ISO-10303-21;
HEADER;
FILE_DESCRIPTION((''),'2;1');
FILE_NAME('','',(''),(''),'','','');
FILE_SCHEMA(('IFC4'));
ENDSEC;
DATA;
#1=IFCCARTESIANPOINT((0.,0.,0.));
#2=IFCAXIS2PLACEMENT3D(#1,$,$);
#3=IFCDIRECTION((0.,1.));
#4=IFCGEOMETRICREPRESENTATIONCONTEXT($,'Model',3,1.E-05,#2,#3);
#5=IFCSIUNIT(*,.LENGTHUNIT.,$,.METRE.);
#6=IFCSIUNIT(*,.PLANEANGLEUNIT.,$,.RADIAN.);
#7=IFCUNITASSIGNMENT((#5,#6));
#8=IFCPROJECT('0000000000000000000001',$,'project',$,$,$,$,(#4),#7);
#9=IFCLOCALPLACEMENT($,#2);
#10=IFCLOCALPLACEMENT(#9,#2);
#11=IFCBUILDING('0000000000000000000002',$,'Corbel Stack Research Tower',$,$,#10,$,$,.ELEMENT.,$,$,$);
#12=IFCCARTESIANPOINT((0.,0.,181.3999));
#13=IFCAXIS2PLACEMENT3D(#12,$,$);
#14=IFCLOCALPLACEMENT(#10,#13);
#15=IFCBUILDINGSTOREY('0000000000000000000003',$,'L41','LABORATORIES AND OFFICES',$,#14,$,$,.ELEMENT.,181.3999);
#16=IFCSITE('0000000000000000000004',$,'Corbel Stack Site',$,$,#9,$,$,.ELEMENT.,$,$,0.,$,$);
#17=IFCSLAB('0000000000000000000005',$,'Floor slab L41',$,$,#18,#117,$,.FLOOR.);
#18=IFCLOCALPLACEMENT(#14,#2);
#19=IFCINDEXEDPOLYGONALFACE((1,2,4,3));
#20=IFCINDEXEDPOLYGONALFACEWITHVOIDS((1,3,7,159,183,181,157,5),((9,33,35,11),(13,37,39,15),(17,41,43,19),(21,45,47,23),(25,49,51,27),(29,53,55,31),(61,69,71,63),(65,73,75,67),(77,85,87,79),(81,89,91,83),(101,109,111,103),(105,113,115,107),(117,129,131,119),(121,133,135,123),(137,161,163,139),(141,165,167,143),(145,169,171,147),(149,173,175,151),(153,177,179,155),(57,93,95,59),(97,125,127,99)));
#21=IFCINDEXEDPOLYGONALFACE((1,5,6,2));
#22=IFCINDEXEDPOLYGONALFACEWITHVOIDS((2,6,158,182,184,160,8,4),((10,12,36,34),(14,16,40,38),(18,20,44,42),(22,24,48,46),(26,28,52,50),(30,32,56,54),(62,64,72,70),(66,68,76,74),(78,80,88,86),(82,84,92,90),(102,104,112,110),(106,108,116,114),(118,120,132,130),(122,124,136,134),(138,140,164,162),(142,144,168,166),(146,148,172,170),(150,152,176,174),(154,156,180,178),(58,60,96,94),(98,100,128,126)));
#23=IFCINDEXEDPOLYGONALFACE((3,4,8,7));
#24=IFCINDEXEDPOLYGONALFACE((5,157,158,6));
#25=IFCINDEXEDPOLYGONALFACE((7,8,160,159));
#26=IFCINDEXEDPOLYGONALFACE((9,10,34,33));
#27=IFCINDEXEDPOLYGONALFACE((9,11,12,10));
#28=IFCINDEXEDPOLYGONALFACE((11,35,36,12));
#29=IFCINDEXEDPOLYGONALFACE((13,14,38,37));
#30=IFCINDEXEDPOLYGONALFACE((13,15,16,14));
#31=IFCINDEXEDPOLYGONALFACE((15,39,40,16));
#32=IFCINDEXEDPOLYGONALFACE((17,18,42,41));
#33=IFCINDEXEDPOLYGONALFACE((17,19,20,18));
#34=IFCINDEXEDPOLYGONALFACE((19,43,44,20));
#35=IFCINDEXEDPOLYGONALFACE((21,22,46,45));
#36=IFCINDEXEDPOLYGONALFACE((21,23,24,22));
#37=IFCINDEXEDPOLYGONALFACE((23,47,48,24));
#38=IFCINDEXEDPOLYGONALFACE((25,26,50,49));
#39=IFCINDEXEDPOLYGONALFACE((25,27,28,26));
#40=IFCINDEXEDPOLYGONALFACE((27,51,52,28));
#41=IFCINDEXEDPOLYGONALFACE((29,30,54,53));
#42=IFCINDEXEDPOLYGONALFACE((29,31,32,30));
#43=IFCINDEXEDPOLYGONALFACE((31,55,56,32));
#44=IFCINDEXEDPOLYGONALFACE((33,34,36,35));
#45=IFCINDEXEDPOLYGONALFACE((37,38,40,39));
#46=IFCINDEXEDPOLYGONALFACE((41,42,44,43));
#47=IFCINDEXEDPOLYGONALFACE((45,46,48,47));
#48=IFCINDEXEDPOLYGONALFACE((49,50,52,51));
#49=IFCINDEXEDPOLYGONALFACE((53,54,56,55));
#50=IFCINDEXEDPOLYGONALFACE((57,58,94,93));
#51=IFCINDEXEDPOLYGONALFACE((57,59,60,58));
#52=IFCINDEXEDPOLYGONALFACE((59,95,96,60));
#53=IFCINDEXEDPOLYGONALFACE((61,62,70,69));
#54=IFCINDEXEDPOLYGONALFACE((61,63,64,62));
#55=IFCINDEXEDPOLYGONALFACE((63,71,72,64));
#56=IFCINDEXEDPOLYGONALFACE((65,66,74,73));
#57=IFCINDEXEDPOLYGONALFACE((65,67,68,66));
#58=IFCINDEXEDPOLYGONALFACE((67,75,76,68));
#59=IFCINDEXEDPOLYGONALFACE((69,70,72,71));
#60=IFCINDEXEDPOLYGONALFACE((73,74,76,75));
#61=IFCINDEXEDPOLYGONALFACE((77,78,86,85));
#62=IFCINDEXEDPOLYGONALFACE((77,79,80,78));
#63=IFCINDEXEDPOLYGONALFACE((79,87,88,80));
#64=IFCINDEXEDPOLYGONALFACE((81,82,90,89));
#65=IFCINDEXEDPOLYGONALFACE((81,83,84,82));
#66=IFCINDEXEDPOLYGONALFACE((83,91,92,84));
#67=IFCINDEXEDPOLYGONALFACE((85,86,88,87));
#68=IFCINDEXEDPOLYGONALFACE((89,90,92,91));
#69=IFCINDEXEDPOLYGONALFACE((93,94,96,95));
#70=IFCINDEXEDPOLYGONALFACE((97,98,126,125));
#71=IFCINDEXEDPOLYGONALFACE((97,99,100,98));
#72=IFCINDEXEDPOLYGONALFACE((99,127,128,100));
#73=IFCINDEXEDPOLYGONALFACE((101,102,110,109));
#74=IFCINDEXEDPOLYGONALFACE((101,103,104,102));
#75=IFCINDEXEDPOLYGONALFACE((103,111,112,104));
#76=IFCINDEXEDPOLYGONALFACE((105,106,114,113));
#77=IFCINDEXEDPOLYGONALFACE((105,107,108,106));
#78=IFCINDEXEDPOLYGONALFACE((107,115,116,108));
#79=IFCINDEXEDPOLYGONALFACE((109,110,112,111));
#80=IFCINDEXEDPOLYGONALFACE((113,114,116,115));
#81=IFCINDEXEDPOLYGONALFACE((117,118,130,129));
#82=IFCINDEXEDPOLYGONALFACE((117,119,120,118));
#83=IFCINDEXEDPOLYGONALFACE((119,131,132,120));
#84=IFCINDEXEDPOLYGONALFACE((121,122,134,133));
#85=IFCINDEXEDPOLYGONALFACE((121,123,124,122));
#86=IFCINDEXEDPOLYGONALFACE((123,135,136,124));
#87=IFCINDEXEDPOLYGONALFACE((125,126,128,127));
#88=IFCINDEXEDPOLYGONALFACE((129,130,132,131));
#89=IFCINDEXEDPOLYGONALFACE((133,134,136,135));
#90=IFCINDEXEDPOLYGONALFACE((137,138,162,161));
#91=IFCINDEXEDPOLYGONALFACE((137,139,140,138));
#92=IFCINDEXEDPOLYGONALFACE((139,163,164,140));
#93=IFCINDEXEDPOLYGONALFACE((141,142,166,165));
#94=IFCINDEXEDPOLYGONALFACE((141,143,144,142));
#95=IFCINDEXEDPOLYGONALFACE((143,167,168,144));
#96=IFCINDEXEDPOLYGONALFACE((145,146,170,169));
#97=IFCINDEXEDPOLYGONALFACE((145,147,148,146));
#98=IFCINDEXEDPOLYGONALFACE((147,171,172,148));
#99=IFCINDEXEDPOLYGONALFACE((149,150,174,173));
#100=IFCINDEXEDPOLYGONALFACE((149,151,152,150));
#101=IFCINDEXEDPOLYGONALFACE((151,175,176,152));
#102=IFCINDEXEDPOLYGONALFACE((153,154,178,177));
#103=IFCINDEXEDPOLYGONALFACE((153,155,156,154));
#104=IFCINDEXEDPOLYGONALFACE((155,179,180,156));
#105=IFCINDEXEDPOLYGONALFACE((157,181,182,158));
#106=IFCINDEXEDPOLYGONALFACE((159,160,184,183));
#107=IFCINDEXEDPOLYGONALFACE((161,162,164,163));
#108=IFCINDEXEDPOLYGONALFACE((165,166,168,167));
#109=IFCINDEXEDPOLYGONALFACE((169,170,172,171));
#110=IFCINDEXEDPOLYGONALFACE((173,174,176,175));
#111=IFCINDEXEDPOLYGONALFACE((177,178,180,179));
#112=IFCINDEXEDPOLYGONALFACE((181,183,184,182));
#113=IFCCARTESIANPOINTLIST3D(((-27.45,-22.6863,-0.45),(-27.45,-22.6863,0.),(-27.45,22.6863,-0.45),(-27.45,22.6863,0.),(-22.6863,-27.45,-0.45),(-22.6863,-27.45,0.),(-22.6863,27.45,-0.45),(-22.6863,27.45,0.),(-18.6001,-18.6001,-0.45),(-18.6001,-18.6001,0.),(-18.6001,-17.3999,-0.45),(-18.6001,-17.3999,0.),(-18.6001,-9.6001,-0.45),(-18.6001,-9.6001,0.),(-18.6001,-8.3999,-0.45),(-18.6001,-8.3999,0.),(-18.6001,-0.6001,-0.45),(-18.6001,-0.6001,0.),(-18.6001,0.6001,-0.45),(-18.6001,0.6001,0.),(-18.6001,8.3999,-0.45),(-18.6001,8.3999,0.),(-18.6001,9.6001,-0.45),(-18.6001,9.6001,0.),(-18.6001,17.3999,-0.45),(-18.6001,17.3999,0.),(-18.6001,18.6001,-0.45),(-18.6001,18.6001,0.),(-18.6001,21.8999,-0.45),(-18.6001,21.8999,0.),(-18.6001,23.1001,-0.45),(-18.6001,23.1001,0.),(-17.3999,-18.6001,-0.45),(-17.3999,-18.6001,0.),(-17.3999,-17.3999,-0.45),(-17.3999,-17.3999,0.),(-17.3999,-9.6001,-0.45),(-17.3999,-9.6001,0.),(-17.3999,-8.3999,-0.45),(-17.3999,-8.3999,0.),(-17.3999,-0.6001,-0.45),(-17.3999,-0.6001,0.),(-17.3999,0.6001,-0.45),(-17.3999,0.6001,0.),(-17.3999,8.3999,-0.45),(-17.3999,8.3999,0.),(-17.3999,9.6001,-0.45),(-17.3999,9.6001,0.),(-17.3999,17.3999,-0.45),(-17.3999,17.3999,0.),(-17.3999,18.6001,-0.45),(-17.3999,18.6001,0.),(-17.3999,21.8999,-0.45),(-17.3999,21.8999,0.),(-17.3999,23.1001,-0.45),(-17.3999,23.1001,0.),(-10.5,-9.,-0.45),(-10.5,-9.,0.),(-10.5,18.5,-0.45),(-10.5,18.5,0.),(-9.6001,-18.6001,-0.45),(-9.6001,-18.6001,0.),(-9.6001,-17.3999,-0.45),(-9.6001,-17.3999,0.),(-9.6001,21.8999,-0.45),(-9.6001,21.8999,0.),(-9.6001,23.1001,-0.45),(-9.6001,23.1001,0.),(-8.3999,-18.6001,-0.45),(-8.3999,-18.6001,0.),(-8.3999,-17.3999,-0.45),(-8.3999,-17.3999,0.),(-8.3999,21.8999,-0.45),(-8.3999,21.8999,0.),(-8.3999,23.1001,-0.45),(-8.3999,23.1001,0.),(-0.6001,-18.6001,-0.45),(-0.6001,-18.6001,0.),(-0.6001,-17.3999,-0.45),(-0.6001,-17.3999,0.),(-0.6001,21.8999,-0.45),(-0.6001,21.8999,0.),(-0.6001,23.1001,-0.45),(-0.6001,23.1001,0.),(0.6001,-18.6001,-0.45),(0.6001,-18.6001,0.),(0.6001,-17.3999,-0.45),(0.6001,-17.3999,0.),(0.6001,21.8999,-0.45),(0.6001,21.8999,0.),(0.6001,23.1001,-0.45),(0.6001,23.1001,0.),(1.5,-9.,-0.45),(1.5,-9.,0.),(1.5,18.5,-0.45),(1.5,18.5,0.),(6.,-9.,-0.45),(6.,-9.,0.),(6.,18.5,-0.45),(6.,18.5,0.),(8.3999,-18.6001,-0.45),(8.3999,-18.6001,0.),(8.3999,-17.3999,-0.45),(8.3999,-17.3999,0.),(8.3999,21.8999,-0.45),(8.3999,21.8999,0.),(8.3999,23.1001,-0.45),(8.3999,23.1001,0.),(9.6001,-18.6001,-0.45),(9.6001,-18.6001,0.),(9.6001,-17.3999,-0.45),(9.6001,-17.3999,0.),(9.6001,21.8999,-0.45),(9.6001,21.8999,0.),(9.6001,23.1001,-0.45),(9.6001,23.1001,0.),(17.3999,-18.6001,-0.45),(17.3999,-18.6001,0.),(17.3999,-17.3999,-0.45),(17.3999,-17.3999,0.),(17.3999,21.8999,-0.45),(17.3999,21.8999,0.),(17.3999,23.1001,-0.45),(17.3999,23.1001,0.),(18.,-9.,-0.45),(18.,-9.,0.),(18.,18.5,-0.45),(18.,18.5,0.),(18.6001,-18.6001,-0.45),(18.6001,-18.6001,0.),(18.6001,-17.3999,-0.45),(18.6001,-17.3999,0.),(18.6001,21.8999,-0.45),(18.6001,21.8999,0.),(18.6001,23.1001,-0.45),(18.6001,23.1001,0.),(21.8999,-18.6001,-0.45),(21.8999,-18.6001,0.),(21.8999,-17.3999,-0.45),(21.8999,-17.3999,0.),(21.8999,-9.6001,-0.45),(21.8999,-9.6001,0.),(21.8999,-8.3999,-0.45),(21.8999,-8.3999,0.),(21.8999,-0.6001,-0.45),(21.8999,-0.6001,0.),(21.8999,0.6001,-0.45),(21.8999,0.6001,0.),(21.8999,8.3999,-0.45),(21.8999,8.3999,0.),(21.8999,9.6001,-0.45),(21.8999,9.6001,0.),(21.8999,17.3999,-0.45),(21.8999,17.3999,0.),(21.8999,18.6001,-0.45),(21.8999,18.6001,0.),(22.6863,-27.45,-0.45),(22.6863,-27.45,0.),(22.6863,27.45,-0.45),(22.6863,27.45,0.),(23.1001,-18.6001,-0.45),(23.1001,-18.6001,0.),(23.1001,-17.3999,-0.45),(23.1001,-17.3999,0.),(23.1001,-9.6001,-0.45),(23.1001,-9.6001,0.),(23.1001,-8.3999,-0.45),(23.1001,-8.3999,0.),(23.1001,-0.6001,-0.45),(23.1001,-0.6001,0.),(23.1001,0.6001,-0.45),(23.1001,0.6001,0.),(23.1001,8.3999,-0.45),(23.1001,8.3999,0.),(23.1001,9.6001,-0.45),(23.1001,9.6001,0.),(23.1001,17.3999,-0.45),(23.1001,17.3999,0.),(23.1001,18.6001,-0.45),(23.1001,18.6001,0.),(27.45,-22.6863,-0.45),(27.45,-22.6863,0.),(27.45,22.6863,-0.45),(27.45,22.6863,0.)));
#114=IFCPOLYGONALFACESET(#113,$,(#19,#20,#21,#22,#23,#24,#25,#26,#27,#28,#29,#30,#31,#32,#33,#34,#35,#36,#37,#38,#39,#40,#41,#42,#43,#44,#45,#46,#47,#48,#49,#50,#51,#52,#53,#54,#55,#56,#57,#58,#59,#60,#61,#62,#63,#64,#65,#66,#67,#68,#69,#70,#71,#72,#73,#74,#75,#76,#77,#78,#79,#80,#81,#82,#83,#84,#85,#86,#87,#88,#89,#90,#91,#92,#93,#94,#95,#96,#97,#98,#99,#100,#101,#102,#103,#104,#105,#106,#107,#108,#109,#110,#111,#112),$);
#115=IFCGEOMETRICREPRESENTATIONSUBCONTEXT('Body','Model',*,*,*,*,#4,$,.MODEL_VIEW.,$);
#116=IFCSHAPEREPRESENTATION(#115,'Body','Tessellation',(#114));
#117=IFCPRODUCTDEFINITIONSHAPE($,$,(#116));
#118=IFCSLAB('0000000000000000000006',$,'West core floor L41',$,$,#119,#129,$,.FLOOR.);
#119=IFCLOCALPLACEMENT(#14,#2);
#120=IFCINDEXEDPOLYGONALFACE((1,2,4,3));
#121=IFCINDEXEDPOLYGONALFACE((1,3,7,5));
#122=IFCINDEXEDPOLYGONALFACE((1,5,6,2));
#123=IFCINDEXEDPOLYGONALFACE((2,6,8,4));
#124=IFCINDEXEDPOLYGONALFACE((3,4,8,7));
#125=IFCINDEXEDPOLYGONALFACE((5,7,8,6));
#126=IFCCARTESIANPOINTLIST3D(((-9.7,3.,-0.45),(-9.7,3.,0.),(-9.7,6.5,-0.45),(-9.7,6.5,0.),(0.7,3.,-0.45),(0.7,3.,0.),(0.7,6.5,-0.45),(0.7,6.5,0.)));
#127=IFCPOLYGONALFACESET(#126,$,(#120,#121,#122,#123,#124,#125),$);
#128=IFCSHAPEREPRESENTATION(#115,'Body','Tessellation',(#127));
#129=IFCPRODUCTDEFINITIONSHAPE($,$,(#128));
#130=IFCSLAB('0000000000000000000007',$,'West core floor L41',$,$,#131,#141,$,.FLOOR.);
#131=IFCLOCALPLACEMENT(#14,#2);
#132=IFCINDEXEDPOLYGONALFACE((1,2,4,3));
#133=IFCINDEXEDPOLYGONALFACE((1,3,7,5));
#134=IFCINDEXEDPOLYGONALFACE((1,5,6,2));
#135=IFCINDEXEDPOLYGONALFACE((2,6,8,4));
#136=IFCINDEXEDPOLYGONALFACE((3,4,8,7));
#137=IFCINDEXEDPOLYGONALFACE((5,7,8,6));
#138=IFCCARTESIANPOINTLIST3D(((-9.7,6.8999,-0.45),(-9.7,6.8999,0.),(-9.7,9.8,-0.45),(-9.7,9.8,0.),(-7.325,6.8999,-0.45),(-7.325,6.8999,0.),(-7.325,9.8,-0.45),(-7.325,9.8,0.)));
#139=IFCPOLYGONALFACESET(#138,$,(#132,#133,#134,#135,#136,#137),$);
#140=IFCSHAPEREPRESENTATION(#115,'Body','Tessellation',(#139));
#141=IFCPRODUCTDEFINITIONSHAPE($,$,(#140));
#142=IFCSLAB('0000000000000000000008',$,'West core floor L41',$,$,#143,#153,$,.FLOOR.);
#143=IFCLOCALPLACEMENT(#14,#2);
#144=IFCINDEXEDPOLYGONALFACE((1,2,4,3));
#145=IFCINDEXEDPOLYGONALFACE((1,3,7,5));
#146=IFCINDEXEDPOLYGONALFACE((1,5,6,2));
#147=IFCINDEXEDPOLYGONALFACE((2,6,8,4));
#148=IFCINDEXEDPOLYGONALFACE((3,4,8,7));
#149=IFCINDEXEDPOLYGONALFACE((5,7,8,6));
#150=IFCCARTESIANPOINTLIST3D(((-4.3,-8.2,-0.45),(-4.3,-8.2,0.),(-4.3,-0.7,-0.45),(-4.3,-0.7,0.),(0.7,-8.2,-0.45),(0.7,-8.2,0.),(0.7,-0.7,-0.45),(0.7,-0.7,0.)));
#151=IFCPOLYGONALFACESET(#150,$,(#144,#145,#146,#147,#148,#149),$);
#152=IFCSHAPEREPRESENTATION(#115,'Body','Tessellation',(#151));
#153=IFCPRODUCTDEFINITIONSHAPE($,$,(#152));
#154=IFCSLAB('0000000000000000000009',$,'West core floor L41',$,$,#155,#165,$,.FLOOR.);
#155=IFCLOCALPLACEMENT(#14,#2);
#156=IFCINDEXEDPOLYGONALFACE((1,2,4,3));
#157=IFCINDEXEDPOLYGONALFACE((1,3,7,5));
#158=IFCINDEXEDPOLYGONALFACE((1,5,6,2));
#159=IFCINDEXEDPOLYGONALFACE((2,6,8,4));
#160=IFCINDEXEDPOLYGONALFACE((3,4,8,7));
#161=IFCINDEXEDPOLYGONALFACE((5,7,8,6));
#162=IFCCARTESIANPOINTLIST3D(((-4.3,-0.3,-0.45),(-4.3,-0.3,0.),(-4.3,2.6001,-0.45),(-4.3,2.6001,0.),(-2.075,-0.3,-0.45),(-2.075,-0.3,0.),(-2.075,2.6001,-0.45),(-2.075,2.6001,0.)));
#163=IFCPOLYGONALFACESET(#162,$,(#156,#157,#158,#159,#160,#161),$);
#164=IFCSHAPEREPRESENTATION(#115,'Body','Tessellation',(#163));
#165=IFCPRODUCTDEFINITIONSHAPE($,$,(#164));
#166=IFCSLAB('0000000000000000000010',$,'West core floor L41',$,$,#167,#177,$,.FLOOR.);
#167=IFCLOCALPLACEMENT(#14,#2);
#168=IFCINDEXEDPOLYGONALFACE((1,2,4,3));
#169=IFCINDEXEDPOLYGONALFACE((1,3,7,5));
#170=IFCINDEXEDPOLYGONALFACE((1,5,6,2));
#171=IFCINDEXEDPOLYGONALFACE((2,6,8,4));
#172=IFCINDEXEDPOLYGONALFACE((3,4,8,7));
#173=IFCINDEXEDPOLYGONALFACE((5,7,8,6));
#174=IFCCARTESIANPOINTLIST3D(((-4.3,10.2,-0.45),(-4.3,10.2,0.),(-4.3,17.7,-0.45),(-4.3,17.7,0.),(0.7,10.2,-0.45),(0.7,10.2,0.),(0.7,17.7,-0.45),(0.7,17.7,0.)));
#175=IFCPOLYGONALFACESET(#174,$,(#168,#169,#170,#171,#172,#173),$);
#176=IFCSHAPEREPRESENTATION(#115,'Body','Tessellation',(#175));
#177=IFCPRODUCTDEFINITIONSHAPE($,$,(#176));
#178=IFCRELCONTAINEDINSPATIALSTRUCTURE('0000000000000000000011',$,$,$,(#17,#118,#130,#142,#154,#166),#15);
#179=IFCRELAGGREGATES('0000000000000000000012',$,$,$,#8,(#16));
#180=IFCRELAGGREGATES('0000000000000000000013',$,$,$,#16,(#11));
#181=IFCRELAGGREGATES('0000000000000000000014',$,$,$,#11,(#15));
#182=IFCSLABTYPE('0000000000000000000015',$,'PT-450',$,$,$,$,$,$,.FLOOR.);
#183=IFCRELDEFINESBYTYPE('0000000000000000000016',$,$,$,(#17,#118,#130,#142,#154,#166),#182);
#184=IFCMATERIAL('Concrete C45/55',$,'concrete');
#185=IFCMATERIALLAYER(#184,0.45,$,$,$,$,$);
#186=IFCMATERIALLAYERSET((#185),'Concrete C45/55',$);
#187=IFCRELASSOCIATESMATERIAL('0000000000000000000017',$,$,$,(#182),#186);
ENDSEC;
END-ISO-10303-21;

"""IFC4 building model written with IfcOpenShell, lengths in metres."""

from ifc_helpers import new_model, si_unit, direction, frame, origin, place, context, subcontext, project, spatial, polyline, outline, extrude, material, layer, layer_set, type_object, element, save


model = new_model("IFC4")

# Units and contexts
model_context = context("Model", 3, precision=1e-05, world=origin(), true_north=direction((0.0, 1.0)))
body_context = subcontext(model_context, "Body", "Model", "MODEL_VIEW")
ifc_project = project(units=[si_unit("LENGTHUNIT", "METRE"), si_unit("PLANEANGLEUNIT", "RADIAN")], contexts=[model_context])

# Site, building, storey
site_placement = place(None, origin())
site = spatial("IfcSite", under=ifc_project, at=site_placement, Name="Corbel Stack Site", CompositionType="ELEMENT", RefElevation=0.0)
building_placement = place(site_placement, origin())
building = spatial("IfcBuilding", under=site, at=building_placement, Name="Corbel Stack Research Tower", CompositionType="ELEMENT")
storey_placement = place(building_placement, frame((0.0, 0.0, 181.3999)))
storey = spatial("IfcBuildingStorey", under=building, at=storey_placement, Name="L41", Description="LABORATORIES AND OFFICES", CompositionType="ELEMENT", Elevation=181.3999)

# Slabs
ifc_material_1 = material(Name="Concrete C45/55", Category="concrete")
ifc_layer_1 = layer(ifc_material_1, 0.45)
ifc_layer_set_1 = layer_set([ifc_layer_1], Name="Concrete C45/55")
slab_type = type_object("IfcSlabType", Name="PT-450", PredefinedType="FLOOR", material=ifc_layer_set_1)
slab_1_placement = place(storey_placement, frame((0.0, 0.0, -0.45)))
element("IfcSlab", 1, at=slab_1_placement, inside=storey, type_object=slab_type, Name="Floor slab L41", PredefinedType="FLOOR", context=body_context, shape_type="SweptSolid", body=[
    extrude(outline(polyline([(-22.6863, -27.45), (22.6863, -27.45), (27.45, -22.6863), (27.45, 22.6863), (22.6863, 27.45), (-22.6863, 27.45), (-27.45, 22.6863), (-27.45, -22.6863), (-22.6863, -27.45)]), holes=[polyline([(23.1001, 17.3999), (21.8999, 17.3999), (21.8999, 18.6001), (23.1001, 18.6001), (23.1001, 17.3999)]), polyline([(21.8999, 8.3999), (21.8999, 9.6001), (23.1001, 9.6001), (23.1001, 8.3999), (21.8999, 8.3999)]), polyline([(23.1001, -0.6001), (21.8999, -0.6001), (21.8999, 0.6001), (23.1001, 0.6001), (23.1001, -0.6001)]), polyline([(21.8999, -9.6001), (21.8999, -8.3999), (23.1001, -8.3999), (23.1001, -9.6001), (21.8999, -9.6001)]), polyline([(21.8999, -18.6001), (21.8999, -17.3999), (23.1001, -17.3999), (23.1001, -18.6001), (21.8999, -18.6001)]), polyline([(17.3999, 21.8999), (17.3999, 23.1001), (18.6001, 23.1001), (18.6001, 21.8999), (17.3999, 21.8999)]), polyline([(18.6001, -18.6001), (17.3999, -18.6001), (17.3999, -17.3999), (18.6001, -17.3999), (18.6001, -18.6001)]), polyline([(6.0, -9.0), (6.0, 18.5), (18.0, 18.5), (18.0, -9.0), (6.0, -9.0)]), polyline([(8.3999, 21.8999), (8.3999, 23.1001), (9.6001, 23.1001), (9.6001, 21.8999), (8.3999, 21.8999)]), polyline([(9.6001, -18.6001), (8.3999, -18.6001), (8.3999, -17.3999), (9.6001, -17.3999), (9.6001, -18.6001)]), polyline([(1.5, -9.0), (-10.5, -9.0), (-10.5, 18.5), (1.5, 18.5), (1.5, -9.0)]), polyline([(0.6001, 21.8999), (-0.6001, 21.8999), (-0.6001, 23.1001), (0.6001, 23.1001), (0.6001, 21.8999)]), polyline([(0.6001, -18.6001), (-0.6001, -18.6001), (-0.6001, -17.3999), (0.6001, -17.3999), (0.6001, -18.6001)]), polyline([(-9.6001, 21.8999), (-9.6001, 23.1001), (-8.3999, 23.1001), (-8.3999, 21.8999), (-9.6001, 21.8999)]), polyline([(-8.3999, -18.6001), (-9.6001, -18.6001), (-9.6001, -17.3999), (-8.3999, -17.3999), (-8.3999, -18.6001)]), polyline([(-18.6001, 21.8999), (-18.6001, 23.1001), (-17.3999, 23.1001), (-17.3999, 21.8999), (-18.6001, 21.8999)]), polyline([(-17.3999, 17.3999), (-18.6001, 17.3999), (-18.6001, 18.6001), (-17.3999, 18.6001), (-17.3999, 17.3999)]), polyline([(-17.3999, 8.3999), (-18.6001, 8.3999), (-18.6001, 9.6001), (-17.3999, 9.6001), (-17.3999, 8.3999)]), polyline([(-18.6001, -0.6001), (-18.6001, 0.6001), (-17.3999, 0.6001), (-17.3999, -0.6001), (-18.6001, -0.6001)]), polyline([(-18.6001, -9.6001), (-18.6001, -8.3999), (-17.3999, -8.3999), (-17.3999, -9.6001), (-18.6001, -9.6001)]), polyline([(-17.3999, -18.6001), (-18.6001, -18.6001), (-18.6001, -17.3999), (-17.3999, -17.3999), (-17.3999, -18.6001)])]), origin(), (0.0, 0.0, 1.0), 0.45),
])
slab_2_placement = place(storey_placement, frame((0.0, 0.0, -0.45)))
element("IfcSlab", 2, at=slab_2_placement, inside=storey, type_object=slab_type, Name="West core floor L41", PredefinedType="FLOOR", context=body_context, shape_type="SweptSolid", body=[
    extrude(outline(polyline([(0.7, 6.5), (-9.7, 6.5), (-9.7, 3.0), (0.7, 3.0), (0.7, 6.5)])), origin(), (0.0, 0.0, 1.0), 0.45),
])
slab_3_placement = place(storey_placement, frame((0.0, 0.0, -0.45)))
element("IfcSlab", 3, at=slab_3_placement, inside=storey, type_object=slab_type, Name="West core floor L41", PredefinedType="FLOOR", context=body_context, shape_type="SweptSolid", body=[
    extrude(outline(polyline([(-9.7, 6.8999), (-7.325, 6.8999), (-7.325, 9.8), (-9.7, 9.8), (-9.7, 6.8999)])), origin(), (0.0, 0.0, 1.0), 0.45),
])
slab_4_placement = place(storey_placement, frame((0.0, 0.0, -0.45)))
element("IfcSlab", 4, at=slab_4_placement, inside=storey, type_object=slab_type, Name="West core floor L41", PredefinedType="FLOOR", context=body_context, shape_type="SweptSolid", body=[
    extrude(outline(polyline([(-4.3, -0.7), (-4.3, -8.2), (0.7, -8.2), (0.7, -0.7), (-4.3, -0.7)])), origin(), (0.0, 0.0, 1.0), 0.45),
])
slab_5_placement = place(storey_placement, frame((0.0, 0.0, -0.45)))
element("IfcSlab", 5, at=slab_5_placement, inside=storey, type_object=slab_type, Name="West core floor L41", PredefinedType="FLOOR", context=body_context, shape_type="SweptSolid", body=[
    extrude(outline(polyline([(-2.075, -0.3), (-2.075, 2.6001), (-4.3, 2.6001), (-4.3, -0.3), (-2.075, -0.3)])), origin(), (0.0, 0.0, 1.0), 0.45),
])
slab_6_placement = place(storey_placement, frame((0.0, 0.0, -0.45)))
element("IfcSlab", 6, at=slab_6_placement, inside=storey, type_object=slab_type, Name="West core floor L41", PredefinedType="FLOOR", context=body_context, shape_type="SweptSolid", body=[
    extrude(outline(polyline([(0.7, 17.7), (-4.3, 17.7), (-4.3, 10.2), (0.7, 10.2), (0.7, 17.7)])), origin(), (0.0, 0.0, 1.0), 0.45),
])

save(model, "model.ifc")
